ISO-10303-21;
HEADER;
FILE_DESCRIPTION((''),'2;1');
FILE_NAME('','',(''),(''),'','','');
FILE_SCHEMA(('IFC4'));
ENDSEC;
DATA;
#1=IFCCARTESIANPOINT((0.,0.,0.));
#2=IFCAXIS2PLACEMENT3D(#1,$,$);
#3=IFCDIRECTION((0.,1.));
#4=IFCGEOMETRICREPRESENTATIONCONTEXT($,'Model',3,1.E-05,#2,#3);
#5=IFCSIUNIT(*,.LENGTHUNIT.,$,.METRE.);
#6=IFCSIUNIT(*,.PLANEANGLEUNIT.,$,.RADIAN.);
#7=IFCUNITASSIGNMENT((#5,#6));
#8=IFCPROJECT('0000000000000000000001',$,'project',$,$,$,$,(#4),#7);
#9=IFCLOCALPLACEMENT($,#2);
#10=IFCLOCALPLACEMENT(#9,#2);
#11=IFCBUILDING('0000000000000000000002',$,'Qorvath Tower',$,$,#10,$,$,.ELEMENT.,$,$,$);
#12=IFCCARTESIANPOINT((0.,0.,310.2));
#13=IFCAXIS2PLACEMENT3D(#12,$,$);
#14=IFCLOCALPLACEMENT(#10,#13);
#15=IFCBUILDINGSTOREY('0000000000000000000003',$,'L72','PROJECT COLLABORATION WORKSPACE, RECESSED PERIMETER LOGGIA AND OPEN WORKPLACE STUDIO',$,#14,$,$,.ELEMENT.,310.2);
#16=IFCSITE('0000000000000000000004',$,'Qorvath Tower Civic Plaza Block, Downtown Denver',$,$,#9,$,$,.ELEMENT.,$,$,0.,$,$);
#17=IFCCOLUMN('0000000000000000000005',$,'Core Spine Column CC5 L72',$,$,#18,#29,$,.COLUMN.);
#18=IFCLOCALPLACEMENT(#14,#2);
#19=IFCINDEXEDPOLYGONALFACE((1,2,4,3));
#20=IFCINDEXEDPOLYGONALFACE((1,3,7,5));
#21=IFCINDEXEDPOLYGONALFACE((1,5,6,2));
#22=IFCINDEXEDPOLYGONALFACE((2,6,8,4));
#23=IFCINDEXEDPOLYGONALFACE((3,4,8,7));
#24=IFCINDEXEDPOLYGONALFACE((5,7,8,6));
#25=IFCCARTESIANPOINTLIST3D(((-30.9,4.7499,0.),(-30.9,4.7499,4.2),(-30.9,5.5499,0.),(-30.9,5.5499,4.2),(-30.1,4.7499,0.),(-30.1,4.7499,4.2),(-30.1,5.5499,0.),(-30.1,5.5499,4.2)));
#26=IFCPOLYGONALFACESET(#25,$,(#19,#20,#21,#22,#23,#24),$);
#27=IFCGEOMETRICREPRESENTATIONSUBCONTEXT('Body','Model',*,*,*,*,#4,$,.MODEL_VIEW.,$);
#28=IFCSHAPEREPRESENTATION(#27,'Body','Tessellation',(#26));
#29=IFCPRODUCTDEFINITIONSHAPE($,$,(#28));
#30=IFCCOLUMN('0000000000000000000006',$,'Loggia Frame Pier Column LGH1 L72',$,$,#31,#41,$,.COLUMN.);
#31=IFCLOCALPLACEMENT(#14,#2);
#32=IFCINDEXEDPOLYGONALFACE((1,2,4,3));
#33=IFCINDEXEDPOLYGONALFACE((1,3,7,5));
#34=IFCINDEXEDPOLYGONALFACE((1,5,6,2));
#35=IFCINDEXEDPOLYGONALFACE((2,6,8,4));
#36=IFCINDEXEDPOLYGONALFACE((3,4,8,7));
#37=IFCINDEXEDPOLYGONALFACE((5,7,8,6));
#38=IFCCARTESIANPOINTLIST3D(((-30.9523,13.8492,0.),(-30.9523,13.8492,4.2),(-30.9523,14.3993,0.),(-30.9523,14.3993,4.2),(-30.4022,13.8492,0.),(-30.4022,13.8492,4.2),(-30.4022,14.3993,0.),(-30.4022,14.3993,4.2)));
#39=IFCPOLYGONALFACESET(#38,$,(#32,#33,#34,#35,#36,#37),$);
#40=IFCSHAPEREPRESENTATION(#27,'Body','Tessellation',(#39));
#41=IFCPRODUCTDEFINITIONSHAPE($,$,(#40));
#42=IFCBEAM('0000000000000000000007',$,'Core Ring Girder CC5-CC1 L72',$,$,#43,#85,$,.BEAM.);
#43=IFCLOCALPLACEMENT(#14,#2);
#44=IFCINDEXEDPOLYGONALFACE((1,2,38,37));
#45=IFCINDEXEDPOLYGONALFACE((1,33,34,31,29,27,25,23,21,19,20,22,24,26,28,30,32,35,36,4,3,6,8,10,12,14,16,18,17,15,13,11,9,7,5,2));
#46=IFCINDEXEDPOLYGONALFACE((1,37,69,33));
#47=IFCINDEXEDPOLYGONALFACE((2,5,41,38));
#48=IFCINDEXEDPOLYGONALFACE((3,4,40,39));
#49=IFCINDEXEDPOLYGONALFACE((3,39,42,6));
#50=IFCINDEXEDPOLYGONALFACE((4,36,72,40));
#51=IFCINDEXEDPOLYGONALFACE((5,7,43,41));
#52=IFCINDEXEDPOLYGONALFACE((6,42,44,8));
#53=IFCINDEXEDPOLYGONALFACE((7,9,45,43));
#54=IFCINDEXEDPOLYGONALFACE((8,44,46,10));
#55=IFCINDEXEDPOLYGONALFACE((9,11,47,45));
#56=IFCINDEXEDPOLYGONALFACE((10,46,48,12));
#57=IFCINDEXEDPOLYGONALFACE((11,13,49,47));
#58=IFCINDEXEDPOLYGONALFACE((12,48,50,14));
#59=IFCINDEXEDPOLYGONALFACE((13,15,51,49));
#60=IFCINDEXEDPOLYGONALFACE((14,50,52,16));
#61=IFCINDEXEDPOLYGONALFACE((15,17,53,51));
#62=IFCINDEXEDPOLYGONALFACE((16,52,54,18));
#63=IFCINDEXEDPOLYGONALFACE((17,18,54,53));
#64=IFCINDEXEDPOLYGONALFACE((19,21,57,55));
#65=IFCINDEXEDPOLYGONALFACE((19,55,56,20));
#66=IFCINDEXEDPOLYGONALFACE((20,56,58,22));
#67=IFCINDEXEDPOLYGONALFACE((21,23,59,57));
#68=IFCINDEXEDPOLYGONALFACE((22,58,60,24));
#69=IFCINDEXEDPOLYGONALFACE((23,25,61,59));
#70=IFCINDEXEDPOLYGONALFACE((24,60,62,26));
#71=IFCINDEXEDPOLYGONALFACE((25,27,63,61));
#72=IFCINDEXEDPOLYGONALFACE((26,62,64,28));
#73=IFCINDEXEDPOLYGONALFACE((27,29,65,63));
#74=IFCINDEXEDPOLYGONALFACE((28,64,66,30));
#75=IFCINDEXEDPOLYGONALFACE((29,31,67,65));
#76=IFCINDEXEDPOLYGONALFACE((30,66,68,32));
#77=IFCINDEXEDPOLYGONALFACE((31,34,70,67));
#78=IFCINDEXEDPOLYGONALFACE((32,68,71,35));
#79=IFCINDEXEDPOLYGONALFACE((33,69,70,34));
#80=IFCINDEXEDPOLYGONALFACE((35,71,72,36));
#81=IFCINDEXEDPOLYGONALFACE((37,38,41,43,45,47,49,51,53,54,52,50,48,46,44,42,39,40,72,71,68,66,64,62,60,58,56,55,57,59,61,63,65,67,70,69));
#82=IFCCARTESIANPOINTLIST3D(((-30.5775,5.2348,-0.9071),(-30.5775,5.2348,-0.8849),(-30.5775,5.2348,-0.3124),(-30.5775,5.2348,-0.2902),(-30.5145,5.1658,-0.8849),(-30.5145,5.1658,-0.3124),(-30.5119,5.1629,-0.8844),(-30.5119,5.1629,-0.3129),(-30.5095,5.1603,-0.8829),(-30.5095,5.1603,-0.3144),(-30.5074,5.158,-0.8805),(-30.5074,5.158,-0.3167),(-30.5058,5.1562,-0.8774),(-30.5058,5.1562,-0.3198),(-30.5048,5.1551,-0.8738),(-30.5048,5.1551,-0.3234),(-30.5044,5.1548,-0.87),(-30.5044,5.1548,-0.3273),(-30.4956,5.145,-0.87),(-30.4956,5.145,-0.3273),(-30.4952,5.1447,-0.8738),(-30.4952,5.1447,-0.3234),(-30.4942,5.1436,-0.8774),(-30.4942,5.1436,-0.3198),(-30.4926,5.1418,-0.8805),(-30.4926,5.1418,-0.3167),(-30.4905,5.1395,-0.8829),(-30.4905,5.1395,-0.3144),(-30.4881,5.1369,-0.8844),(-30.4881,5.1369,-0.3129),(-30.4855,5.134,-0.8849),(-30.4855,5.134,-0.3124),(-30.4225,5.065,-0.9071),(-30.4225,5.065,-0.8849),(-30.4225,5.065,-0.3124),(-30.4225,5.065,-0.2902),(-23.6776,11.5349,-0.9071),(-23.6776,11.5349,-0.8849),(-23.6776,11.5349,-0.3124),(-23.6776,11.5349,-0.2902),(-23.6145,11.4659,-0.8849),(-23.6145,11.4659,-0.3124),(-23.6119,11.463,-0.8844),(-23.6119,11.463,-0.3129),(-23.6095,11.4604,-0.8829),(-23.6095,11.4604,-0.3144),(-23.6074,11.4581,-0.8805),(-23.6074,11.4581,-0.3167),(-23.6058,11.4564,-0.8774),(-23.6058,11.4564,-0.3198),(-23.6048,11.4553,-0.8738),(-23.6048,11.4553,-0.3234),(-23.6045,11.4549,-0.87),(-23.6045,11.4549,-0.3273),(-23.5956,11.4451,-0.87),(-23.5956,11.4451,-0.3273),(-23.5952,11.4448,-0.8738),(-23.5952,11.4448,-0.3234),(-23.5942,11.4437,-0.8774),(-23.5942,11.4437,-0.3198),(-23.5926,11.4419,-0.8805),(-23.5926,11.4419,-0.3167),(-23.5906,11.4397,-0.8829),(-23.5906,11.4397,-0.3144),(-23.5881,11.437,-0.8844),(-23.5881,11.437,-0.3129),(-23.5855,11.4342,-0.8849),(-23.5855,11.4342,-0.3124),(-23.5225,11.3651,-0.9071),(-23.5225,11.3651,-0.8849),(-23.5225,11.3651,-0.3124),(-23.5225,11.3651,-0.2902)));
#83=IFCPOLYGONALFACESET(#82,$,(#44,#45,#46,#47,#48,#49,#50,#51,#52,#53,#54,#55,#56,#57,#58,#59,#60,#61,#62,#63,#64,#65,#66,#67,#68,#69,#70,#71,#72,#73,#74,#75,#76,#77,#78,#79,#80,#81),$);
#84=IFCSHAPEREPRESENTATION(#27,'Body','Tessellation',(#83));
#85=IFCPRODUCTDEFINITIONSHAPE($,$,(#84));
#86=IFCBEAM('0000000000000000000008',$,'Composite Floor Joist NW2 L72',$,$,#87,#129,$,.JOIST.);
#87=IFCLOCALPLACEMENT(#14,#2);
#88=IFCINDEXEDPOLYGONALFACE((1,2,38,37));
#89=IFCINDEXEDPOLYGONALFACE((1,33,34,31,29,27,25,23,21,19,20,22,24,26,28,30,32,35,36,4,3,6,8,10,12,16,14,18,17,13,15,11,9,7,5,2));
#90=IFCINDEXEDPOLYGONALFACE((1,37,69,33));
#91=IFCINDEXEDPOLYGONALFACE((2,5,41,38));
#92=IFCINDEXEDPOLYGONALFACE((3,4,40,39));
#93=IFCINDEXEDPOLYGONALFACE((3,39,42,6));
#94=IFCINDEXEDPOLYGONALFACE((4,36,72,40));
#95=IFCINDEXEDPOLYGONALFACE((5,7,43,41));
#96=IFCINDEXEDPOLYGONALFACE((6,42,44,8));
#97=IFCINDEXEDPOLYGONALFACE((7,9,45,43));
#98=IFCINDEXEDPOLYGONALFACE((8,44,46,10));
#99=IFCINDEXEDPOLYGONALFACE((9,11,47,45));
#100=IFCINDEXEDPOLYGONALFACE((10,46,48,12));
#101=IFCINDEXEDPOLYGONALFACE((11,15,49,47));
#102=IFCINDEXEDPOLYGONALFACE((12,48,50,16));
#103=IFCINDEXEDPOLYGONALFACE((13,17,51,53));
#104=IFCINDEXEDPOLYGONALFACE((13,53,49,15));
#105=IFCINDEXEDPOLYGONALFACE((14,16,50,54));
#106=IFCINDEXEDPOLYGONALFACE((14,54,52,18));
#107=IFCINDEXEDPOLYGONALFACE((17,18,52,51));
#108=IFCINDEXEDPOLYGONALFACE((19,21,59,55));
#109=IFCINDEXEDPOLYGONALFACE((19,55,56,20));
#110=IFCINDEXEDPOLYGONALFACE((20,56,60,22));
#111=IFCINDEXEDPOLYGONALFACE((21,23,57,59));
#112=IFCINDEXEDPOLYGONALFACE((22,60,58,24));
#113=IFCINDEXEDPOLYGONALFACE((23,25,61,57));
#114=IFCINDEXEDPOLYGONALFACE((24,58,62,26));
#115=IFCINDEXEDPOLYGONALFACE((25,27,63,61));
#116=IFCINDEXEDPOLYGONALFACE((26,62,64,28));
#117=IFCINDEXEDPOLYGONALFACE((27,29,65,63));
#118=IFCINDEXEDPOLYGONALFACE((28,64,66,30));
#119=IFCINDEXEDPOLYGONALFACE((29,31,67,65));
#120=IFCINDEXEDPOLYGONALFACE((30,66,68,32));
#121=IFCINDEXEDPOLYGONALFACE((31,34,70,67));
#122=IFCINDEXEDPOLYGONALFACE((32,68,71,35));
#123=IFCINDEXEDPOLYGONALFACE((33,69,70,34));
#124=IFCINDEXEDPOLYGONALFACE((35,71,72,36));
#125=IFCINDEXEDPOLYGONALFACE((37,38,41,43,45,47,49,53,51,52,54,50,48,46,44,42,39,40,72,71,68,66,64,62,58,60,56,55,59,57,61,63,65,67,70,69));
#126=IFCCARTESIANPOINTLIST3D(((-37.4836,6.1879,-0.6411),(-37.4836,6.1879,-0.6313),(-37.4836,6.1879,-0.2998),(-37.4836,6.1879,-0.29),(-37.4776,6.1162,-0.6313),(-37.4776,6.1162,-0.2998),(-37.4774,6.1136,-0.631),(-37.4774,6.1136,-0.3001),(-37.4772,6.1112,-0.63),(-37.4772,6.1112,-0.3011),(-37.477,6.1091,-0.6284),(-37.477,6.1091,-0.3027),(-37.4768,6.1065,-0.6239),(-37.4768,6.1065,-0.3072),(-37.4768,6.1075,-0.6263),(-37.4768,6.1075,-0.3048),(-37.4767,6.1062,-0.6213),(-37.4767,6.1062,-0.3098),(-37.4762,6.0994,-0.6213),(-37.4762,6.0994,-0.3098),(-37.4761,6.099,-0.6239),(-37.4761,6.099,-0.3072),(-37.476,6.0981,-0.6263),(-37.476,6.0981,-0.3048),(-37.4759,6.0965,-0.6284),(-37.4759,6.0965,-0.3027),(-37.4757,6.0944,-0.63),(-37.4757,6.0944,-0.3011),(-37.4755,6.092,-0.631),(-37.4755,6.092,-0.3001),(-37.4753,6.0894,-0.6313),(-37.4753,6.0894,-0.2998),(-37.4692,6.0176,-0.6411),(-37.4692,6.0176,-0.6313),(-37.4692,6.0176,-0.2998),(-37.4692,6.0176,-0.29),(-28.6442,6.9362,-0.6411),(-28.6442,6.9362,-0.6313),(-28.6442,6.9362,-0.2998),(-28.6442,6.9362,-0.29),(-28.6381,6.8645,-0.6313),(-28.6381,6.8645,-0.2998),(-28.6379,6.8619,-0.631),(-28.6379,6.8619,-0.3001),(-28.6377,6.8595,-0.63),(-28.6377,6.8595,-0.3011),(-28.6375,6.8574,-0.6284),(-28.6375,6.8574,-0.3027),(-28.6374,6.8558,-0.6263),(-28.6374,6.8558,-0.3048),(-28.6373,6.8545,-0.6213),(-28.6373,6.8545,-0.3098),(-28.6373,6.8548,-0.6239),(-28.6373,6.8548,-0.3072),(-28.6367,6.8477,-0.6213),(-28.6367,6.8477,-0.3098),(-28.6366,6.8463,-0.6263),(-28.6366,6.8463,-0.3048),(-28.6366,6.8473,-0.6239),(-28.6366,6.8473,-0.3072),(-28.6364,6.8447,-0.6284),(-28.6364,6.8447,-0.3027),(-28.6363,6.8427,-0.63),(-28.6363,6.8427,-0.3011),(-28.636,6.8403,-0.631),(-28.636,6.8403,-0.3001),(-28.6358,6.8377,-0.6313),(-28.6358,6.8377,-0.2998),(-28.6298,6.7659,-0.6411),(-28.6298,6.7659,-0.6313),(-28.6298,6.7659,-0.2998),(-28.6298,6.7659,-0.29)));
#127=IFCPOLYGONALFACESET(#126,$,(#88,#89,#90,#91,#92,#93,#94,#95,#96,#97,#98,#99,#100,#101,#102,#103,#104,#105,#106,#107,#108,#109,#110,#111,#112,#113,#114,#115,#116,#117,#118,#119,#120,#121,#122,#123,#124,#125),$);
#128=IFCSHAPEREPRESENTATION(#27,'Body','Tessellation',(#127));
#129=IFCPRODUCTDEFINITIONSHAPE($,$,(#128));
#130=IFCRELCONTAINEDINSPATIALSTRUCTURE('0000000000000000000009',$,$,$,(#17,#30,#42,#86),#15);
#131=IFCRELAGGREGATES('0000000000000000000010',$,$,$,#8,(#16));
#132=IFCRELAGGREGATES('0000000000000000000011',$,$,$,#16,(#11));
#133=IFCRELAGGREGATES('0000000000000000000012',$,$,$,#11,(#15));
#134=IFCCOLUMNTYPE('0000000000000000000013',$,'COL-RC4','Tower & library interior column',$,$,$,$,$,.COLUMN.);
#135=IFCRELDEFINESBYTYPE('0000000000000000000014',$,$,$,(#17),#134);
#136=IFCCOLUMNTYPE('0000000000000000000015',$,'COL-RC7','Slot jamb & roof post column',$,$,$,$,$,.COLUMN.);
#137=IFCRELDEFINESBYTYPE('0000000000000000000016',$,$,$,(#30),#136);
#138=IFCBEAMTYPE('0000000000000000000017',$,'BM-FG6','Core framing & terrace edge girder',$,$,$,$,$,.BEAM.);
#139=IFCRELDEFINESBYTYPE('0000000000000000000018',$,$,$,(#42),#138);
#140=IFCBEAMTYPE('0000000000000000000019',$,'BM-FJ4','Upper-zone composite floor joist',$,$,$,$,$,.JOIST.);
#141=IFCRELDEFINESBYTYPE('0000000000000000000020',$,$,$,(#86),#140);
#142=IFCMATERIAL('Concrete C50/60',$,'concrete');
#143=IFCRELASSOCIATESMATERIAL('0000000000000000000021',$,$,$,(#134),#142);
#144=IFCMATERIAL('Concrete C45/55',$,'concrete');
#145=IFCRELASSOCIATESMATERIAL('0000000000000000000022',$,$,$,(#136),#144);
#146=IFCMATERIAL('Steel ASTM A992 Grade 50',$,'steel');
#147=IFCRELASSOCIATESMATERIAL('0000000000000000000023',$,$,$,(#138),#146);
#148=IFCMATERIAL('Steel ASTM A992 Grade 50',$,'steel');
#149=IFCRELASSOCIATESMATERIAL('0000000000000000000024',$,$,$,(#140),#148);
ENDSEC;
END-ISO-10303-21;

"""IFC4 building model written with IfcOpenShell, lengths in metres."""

from ifc_helpers import new_model, si_unit, direction, frame, origin, origin_2d, place, context, subcontext, project, spatial, rectangle, i_section, extrude, material, material_profile, profile_set, type_object, element, save


model = new_model("IFC4")

# Units and contexts
model_context = context("Model", 3, precision=1e-05, world=origin(), true_north=direction((0.0, 1.0)))
body_context = subcontext(model_context, "Body", "Model", "MODEL_VIEW")
ifc_project = project(units=[si_unit("LENGTHUNIT", "METRE"), si_unit("PLANEANGLEUNIT", "RADIAN")], contexts=[model_context])

# Site, building, storey
site_placement = place(None, origin())
site = spatial("IfcSite", under=ifc_project, at=site_placement, Name="Qorvath Tower Civic Plaza Block, Downtown Denver", CompositionType="ELEMENT", RefElevation=0.0)
building_placement = place(site_placement, origin())
building = spatial("IfcBuilding", under=site, at=building_placement, Name="Qorvath Tower", CompositionType="ELEMENT")
storey_placement = place(building_placement, frame((0.0, 0.0, 310.2)))
storey = spatial("IfcBuildingStorey", under=building, at=storey_placement, Name="L72", Description="PROJECT COLLABORATION WORKSPACE, RECESSED PERIMETER LOGGIA AND OPEN WORKPLACE STUDIO", CompositionType="ELEMENT", Elevation=310.2)

# Columns
ifc_material_1 = material(Name="Concrete C50/60", Category="concrete")
ifc_material_profile_1 = material_profile(ifc_material_1, rectangle(XDim=0.8, YDim=0.8, at=origin_2d()), Name="RC 800x800")
ifc_profile_set_1 = profile_set([ifc_material_profile_1], Name="Concrete C50/60")
column_type_1 = type_object("IfcColumnType", Name="COL-RC4", Description="Tower & library interior column", PredefinedType="COLUMN", material=ifc_profile_set_1)
column_1_placement = place(storey_placement, frame((-30.5, 5.1499, 0.0), z_axis=(0.0, 0.0, 1.0), x_axis=(1.0, 0.0, 0.0)))
element("IfcColumn", 1, at=column_1_placement, inside=storey, type_object=column_type_1, Name="Core Spine Column CC5 L72", PredefinedType="COLUMN", context=body_context, shape_type="SweptSolid", body=[
    extrude(rectangle(XDim=0.8, YDim=0.8, at=origin_2d()), origin(), (0.0, 0.0, 1.0), 4.2),
])
ifc_material_2 = material(Name="Concrete C45/55", Category="concrete")
ifc_material_profile_2 = material_profile(ifc_material_2, rectangle(XDim=0.55, YDim=0.55, at=origin_2d()), Name="RC 550x550")
ifc_profile_set_2 = profile_set([ifc_material_profile_2], Name="Concrete C45/55")
column_type_2 = type_object("IfcColumnType", Name="COL-RC7", Description="Slot jamb & roof post column", PredefinedType="COLUMN", material=ifc_profile_set_2)
column_2_placement = place(storey_placement, frame((-30.6772, 14.1243, 0.0), z_axis=(0.0, 0.0, 1.0), x_axis=(1.0, 0.0, 0.0)))
element("IfcColumn", 2, at=column_2_placement, inside=storey, type_object=column_type_2, Name="Loggia Frame Pier Column LGH1 L72", PredefinedType="COLUMN", context=body_context, shape_type="SweptSolid", body=[
    extrude(rectangle(XDim=0.55, YDim=0.55, at=origin_2d()), origin(), (0.0, 0.0, 1.0), 4.2),
])

# Beams
ifc_material_3 = material(Name="Steel ASTM A992 Grade 50", Category="steel")
ifc_material_profile_3 = material_profile(ifc_material_3, i_section(OverallWidth=0.23, OverallDepth=0.6169, WebThickness=0.0132, FlangeThickness=0.0222, FilletRadius=0.0149, at=origin_2d()), Name="W24x94")
ifc_profile_set_3 = profile_set([ifc_material_profile_3], Name="Steel ASTM A992 Grade 50")
beam_type_1 = type_object("IfcBeamType", Name="BM-FG6", Description="Core framing & terrace edge girder", PredefinedType="BEAM", material=ifc_profile_set_3)
beam_1_placement = place(storey_placement, frame((-30.5, 5.1499, -0.5986), z_axis=(0.738478, 0.674277, 0.0), x_axis=(-0.674277, 0.738478, 0.0)))
element("IfcBeam", 3, at=beam_1_placement, inside=storey, type_object=beam_type_1, Name="Core Ring Girder CC5-CC1 L72", PredefinedType="BEAM", context=body_context, shape_type="SweptSolid", body=[
    extrude(i_section(OverallWidth=0.23, OverallDepth=0.6169, WebThickness=0.0132, FlangeThickness=0.0222, FilletRadius=0.0149, at=origin_2d()), origin(), (0.0, 0.0, 1.0), 9.3435),
])
ifc_material_4 = material(Name="Steel ASTM A992 Grade 50", Category="steel")
ifc_material_profile_4 = material_profile(ifc_material_4, i_section(OverallWidth=0.1709, OverallDepth=0.3511, WebThickness=0.0068, FlangeThickness=0.0098, FilletRadius=0.01, at=origin_2d()), Name="W14x30")
ifc_profile_set_4 = profile_set([ifc_material_profile_4], Name="Steel ASTM A992 Grade 50")
beam_type_2 = type_object("IfcBeamType", Name="BM-FJ4", Description="Upper-zone composite floor joist", PredefinedType="JOIST", material=ifc_profile_set_4)
beam_2_placement = place(storey_placement, frame((-28.637, 6.8511, -0.4656), z_axis=(-0.996436, -0.08435, 0.0), x_axis=(0.08435, -0.996436, 0.0)))
element("IfcBeam", 4, at=beam_2_placement, inside=storey, type_object=beam_type_2, Name="Composite Floor Joist NW2 L72", PredefinedType="JOIST", context=body_context, shape_type="SweptSolid", body=[
    extrude(i_section(OverallWidth=0.1709, OverallDepth=0.3511, WebThickness=0.0068, FlangeThickness=0.0098, FilletRadius=0.01, at=origin_2d()), origin(), (0.0, 0.0, 1.0), 8.8711),
])

save(model, "model.ifc")
